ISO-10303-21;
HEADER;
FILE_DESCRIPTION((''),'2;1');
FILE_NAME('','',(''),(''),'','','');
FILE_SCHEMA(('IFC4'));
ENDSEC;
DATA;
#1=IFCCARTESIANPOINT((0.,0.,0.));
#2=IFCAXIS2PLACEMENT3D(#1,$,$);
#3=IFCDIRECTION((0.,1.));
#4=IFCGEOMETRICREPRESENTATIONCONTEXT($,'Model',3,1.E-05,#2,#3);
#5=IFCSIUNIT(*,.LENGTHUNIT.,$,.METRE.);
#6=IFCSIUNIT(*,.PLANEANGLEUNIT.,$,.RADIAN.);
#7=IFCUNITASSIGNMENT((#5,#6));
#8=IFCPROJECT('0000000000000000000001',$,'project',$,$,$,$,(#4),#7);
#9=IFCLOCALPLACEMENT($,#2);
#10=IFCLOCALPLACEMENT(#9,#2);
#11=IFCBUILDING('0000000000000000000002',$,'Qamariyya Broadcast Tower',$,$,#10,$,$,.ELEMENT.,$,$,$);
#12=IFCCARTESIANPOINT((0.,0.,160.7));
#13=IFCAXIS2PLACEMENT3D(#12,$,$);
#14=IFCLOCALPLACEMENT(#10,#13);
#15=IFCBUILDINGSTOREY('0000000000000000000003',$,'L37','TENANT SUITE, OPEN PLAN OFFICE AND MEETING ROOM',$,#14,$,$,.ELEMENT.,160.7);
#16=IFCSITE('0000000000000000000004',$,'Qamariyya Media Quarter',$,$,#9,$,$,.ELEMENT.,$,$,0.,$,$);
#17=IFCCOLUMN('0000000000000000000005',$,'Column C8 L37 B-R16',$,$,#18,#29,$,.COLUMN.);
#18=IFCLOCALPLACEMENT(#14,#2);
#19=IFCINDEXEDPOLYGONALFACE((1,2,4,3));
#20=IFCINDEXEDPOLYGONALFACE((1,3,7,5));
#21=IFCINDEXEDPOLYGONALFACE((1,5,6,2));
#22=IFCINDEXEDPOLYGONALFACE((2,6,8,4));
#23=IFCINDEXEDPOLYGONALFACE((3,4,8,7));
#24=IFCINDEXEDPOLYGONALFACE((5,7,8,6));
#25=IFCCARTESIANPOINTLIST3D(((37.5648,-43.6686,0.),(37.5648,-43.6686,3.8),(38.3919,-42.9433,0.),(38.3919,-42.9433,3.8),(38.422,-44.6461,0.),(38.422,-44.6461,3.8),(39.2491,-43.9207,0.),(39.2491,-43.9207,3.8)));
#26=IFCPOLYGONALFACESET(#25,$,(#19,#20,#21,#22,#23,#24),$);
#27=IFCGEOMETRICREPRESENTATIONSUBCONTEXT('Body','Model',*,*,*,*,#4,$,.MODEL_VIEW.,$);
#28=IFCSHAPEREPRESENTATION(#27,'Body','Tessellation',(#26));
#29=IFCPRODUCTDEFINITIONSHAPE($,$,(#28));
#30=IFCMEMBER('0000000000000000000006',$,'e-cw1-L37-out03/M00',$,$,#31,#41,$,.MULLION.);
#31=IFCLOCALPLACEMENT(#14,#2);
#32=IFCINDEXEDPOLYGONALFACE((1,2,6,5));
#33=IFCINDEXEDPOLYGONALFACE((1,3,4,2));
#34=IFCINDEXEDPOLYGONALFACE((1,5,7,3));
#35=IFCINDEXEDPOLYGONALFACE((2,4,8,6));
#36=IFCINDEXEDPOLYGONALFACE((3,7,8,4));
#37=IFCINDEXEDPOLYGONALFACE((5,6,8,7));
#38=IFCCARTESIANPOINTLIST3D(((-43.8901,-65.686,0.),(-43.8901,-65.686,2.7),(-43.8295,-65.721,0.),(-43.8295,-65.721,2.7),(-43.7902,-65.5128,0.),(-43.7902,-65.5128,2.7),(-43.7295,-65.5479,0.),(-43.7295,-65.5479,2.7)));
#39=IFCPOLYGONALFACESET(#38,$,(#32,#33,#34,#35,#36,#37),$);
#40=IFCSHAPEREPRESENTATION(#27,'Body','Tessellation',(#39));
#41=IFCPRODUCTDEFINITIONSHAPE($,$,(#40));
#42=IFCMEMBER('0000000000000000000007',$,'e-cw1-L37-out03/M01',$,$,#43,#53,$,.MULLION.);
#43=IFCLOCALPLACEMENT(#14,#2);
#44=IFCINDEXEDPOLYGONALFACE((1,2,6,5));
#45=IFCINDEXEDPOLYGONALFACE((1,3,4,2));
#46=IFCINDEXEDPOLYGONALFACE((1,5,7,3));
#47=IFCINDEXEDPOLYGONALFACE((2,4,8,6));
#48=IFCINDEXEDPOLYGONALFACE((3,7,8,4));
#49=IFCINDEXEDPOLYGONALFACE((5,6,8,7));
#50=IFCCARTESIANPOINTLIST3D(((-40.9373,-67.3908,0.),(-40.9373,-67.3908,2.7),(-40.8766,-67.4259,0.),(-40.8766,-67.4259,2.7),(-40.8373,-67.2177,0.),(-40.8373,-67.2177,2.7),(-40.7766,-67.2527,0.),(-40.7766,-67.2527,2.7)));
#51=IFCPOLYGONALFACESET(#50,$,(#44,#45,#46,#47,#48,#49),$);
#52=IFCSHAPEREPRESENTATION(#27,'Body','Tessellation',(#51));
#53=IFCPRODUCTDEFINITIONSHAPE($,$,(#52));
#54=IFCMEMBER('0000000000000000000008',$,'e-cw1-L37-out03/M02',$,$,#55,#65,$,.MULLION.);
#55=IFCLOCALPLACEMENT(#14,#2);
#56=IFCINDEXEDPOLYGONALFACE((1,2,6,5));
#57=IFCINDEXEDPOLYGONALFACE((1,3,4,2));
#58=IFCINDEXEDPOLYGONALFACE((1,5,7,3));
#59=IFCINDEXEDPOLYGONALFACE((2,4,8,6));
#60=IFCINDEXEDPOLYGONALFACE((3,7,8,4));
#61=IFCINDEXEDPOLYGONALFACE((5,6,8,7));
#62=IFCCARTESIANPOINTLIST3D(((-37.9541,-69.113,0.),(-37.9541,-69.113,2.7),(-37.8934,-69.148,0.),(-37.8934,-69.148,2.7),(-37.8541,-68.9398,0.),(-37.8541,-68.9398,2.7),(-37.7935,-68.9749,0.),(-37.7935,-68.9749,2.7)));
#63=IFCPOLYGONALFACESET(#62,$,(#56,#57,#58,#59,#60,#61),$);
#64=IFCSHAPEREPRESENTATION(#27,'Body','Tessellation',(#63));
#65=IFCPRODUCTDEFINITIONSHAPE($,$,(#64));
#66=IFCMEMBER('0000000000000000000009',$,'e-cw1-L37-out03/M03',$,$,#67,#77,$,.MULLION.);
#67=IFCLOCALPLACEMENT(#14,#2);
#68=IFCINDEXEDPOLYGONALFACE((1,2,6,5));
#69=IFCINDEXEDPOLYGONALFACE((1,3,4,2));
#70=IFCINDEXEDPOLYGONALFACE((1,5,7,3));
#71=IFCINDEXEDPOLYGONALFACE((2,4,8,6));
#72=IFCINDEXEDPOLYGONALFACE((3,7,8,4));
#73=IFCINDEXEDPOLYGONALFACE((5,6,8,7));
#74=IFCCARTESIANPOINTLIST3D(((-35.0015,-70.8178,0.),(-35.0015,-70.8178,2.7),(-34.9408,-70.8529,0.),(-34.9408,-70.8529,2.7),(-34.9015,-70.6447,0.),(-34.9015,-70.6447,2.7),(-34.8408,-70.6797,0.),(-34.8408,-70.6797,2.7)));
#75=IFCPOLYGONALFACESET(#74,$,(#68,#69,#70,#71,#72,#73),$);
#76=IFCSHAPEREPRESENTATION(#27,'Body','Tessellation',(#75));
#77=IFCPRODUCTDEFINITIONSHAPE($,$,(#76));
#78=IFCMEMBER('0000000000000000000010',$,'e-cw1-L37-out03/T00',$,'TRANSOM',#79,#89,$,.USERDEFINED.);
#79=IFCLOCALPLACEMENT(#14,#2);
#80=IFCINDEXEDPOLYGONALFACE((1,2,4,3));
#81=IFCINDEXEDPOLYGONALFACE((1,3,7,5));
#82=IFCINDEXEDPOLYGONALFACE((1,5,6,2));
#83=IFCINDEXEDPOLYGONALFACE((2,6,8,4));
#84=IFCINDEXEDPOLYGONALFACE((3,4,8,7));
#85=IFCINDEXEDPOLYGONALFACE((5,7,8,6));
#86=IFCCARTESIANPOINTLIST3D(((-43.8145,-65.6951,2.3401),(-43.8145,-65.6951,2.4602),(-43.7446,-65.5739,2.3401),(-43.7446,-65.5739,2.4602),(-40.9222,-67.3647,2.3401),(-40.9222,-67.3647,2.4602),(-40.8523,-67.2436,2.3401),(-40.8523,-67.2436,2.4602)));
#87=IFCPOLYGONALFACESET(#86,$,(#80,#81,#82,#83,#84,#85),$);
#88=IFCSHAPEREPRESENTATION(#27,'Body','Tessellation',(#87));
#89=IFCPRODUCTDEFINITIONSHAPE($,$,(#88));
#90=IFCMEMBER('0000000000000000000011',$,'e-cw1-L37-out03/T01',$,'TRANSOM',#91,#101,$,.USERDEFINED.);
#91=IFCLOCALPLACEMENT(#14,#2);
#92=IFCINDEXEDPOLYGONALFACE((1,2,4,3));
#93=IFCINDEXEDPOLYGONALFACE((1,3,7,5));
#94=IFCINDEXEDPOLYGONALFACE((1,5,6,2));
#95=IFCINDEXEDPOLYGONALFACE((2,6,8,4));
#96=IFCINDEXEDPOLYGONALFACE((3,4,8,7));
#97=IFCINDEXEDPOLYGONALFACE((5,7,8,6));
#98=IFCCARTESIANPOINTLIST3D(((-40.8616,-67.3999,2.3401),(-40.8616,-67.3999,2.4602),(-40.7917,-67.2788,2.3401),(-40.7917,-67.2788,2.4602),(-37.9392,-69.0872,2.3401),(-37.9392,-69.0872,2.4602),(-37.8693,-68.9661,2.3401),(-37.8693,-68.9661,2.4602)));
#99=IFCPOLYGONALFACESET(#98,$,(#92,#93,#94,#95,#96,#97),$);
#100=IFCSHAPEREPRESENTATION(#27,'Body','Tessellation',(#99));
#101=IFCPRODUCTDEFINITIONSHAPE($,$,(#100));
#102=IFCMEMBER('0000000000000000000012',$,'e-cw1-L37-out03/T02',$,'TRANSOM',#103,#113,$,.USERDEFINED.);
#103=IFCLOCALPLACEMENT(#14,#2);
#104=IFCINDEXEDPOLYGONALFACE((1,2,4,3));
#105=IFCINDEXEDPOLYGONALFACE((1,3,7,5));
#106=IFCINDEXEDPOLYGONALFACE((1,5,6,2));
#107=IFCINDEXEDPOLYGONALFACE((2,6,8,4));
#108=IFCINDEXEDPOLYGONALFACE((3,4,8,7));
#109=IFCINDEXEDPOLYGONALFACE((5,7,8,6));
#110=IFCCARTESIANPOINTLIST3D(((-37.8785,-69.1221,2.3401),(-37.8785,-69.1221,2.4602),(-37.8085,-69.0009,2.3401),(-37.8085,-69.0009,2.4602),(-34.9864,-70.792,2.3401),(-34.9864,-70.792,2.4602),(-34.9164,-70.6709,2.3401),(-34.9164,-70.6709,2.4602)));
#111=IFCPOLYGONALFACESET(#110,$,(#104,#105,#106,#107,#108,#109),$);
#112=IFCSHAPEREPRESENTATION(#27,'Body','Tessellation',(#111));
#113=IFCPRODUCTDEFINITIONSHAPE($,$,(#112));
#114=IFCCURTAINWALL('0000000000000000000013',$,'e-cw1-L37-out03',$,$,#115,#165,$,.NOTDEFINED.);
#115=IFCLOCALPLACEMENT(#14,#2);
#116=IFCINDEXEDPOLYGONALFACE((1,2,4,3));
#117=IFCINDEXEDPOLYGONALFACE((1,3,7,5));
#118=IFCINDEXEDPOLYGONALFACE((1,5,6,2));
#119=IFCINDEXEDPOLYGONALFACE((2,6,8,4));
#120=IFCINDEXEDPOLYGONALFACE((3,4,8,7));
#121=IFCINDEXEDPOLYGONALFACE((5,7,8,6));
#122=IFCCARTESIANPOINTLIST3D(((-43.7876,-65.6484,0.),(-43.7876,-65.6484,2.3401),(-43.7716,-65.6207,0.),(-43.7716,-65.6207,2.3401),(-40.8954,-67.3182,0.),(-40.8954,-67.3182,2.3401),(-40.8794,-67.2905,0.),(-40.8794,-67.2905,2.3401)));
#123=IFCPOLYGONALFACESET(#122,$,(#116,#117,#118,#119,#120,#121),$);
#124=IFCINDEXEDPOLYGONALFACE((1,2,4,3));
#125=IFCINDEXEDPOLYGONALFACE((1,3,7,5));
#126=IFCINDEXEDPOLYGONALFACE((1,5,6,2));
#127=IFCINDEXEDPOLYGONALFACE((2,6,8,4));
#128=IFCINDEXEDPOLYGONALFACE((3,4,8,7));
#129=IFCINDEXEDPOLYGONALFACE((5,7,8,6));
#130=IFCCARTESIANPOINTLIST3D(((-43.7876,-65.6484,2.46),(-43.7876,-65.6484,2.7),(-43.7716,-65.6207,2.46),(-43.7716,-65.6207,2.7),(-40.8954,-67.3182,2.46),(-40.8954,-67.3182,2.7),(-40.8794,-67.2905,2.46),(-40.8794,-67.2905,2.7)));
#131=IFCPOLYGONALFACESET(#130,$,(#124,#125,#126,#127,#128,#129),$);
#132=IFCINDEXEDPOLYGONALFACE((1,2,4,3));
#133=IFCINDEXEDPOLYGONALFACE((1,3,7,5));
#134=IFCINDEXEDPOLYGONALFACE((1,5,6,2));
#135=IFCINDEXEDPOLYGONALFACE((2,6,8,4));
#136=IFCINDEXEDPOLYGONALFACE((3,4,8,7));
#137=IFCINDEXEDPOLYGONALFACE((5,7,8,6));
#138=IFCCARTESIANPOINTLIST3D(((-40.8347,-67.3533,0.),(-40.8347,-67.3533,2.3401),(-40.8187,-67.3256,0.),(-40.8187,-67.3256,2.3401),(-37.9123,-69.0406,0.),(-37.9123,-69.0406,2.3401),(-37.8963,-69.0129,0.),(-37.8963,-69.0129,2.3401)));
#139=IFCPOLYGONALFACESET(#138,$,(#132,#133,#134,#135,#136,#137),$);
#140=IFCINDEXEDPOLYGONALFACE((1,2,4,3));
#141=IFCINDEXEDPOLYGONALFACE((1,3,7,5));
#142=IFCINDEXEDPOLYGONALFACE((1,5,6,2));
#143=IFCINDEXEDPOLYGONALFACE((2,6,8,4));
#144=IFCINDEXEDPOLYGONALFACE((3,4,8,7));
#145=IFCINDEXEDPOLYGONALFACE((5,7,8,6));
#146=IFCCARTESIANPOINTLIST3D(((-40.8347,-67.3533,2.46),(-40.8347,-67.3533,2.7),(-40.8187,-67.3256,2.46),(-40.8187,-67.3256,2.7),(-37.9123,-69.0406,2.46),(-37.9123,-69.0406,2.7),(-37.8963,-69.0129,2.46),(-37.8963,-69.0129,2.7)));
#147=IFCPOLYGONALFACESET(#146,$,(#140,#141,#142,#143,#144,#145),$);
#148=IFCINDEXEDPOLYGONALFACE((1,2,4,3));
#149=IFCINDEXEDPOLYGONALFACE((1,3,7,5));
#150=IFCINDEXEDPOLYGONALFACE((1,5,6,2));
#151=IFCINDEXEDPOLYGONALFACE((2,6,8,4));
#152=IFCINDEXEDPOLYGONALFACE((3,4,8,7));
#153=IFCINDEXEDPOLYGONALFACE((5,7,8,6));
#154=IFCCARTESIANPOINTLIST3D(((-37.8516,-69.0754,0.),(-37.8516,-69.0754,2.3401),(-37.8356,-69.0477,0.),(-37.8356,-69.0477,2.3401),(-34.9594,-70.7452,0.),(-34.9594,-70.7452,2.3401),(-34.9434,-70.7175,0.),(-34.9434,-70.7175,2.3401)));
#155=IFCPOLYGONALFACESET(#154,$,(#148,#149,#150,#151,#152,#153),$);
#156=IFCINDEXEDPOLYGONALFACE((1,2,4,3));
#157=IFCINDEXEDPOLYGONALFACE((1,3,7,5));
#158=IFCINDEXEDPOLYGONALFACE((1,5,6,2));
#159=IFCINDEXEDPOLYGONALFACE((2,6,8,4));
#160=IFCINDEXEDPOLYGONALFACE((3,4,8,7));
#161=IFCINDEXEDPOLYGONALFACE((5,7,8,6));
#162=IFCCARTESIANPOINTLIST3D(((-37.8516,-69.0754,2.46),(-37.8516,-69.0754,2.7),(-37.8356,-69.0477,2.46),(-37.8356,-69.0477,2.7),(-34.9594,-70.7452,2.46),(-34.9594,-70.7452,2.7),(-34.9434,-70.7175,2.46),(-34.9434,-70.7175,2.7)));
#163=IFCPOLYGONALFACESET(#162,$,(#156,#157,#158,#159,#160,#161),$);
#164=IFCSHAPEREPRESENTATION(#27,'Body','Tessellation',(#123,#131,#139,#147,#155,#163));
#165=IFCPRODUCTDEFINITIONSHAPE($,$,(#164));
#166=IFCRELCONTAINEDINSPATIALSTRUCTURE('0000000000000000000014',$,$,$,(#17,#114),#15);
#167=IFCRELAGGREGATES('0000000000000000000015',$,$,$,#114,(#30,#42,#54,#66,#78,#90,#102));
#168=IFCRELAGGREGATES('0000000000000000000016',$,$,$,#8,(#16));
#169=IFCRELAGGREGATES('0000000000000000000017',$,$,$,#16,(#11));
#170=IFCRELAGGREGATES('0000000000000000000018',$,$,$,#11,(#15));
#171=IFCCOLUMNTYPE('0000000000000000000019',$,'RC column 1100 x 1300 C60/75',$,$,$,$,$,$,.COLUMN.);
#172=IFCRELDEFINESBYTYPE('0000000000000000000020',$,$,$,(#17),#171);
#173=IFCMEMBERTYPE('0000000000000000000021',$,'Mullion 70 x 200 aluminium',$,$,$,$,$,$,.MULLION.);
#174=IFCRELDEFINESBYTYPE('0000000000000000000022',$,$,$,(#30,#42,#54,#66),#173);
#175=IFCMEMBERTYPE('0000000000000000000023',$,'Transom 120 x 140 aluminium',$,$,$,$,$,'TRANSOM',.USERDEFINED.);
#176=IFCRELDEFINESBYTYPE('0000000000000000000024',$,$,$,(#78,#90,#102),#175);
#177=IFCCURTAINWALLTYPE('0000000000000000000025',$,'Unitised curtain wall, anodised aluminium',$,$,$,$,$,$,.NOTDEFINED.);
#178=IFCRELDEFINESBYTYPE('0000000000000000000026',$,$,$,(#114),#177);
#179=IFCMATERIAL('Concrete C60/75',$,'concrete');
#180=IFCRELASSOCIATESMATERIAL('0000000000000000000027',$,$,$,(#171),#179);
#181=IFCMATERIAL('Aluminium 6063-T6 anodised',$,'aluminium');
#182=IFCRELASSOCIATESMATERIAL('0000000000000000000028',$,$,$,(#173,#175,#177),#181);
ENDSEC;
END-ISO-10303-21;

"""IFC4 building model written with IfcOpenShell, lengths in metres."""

from ifc_helpers import new_model, si_unit, direction, frame, origin, origin_2d, place, context, subcontext, project, spatial, rectangle, extrude, material, material_profile, profile_set, type_object, element, aggregate, save


model = new_model("IFC4")

# Units and contexts
model_context = context("Model", 3, precision=1e-05, world=origin(), true_north=direction((0.0, 1.0)))
body_context = subcontext(model_context, "Body", "Model", "MODEL_VIEW")
ifc_project = project(units=[si_unit("LENGTHUNIT", "METRE"), si_unit("PLANEANGLEUNIT", "RADIAN")], contexts=[model_context])

# Site, building, storey
site_placement = place(None, origin())
site = spatial("IfcSite", under=ifc_project, at=site_placement, Name="Qamariyya Media Quarter", CompositionType="ELEMENT", RefElevation=0.0)
building_placement = place(site_placement, origin())
building = spatial("IfcBuilding", under=site, at=building_placement, Name="Qamariyya Broadcast Tower", CompositionType="ELEMENT")
storey_placement = place(building_placement, frame((0.0, 0.0, 160.7)))
storey = spatial("IfcBuildingStorey", under=building, at=storey_placement, Name="L37", Description="TENANT SUITE, OPEN PLAN OFFICE AND MEETING ROOM", CompositionType="ELEMENT", Elevation=160.7)

# Column
ifc_material_1 = material(Name="Concrete C60/75", Category="concrete")
ifc_material_profile_1 = material_profile(ifc_material_1, rectangle(XDim=1.1001, YDim=1.3, at=origin_2d()))
ifc_profile_set_1 = profile_set([ifc_material_profile_1], Name="Concrete C60/75")
column_type = type_object("IfcColumnType", Name="RC column 1100 x 1300 C60/75", PredefinedType="COLUMN", material=ifc_profile_set_1)
column_placement = place(storey_placement, frame((38.407, -43.7947, 0.0), z_axis=(0.0, 0.0, 1.0), x_axis=(0.75184, 0.659346, 0.0)))
element("IfcColumn", 1, at=column_placement, inside=storey, type_object=column_type, Name="Column C8 L37 B-R16", PredefinedType="COLUMN", context=body_context, shape_type="SweptSolid", body=[
    extrude(rectangle(XDim=1.1001, YDim=1.3, at=origin_2d()), origin(), (0.0, 0.0, 1.0), 3.8),
])

# Members
ifc_material_2 = material(Name="Aluminium 6063-T6 anodised", Category="aluminium")
ifc_material_profile_2 = material_profile(ifc_material_2, rectangle(XDim=0.2, YDim=0.0701, at=origin_2d()))
ifc_profile_set_2 = profile_set([ifc_material_profile_2], Name="Aluminium 6063-T6 anodised")
member_type_1 = type_object("IfcMemberType", Name="Mullion 70 x 200 aluminium", PredefinedType="MULLION", material=ifc_profile_set_2)
member_1_placement = place(storey_placement, frame((-43.8098, -65.6169, 0.0), z_axis=(0.0, 0.0, 1.0), x_axis=(0.5, 0.866025, 0.0)))
member_1 = element("IfcMember", 2, at=member_1_placement, type_object=member_type_1, Name="e-cw1-L37-out03/M00", PredefinedType="MULLION", context=body_context, shape_type="SweptSolid", body=[
    extrude(rectangle(XDim=0.2, YDim=0.0701, at=origin_2d()), origin(), (0.0, 0.0, 1.0), 2.7),
])
member_2_placement = place(storey_placement, frame((-40.8569, -67.3218, 0.0), z_axis=(0.0, 0.0, 1.0), x_axis=(0.5, 0.866025, 0.0)))
member_2 = element("IfcMember", 3, at=member_2_placement, type_object=member_type_1, Name="e-cw1-L37-out03/M01", PredefinedType="MULLION", context=body_context, shape_type="SweptSolid", body=[
    extrude(rectangle(XDim=0.2, YDim=0.0701, at=origin_2d()), origin(), (0.0, 0.0, 1.0), 2.7),
])
member_3_placement = place(storey_placement, frame((-37.8738, -69.0439, 0.0), z_axis=(0.0, 0.0, 1.0), x_axis=(0.5, 0.866025, 0.0)))
member_3 = element("IfcMember", 4, at=member_3_placement, type_object=member_type_1, Name="e-cw1-L37-out03/M02", PredefinedType="MULLION", context=body_context, shape_type="SweptSolid", body=[
    extrude(rectangle(XDim=0.2, YDim=0.0701, at=origin_2d()), origin(), (0.0, 0.0, 1.0), 2.7),
])
member_4_placement = place(storey_placement, frame((-34.9211, -70.7488, 0.0), z_axis=(0.0, 0.0, 1.0), x_axis=(0.5, 0.866025, 0.0)))
member_4 = element("IfcMember", 5, at=member_4_placement, type_object=member_type_1, Name="e-cw1-L37-out03/M03", PredefinedType="MULLION", context=body_context, shape_type="SweptSolid", body=[
    extrude(rectangle(XDim=0.2, YDim=0.0701, at=origin_2d()), origin(), (0.0, 0.0, 1.0), 2.7),
])
ifc_material_profile_3 = material_profile(ifc_material_2, rectangle(XDim=0.1399, YDim=0.1201, at=origin_2d()))
ifc_profile_set_3 = profile_set([ifc_material_profile_3], Name="Aluminium 6063-T6 anodised")
member_type_2 = type_object("IfcMemberType", Name="Transom 120 x 140 aluminium", ElementType="TRANSOM", PredefinedType="USERDEFINED", material=ifc_profile_set_3)
member_5_placement = place(storey_placement, frame((-43.7795, -65.6345, 2.4001), z_axis=(0.866053, -0.499952, 0.0), x_axis=(0.499952, 0.866053, 0.0)))
member_5 = element("IfcMember", 6, at=member_5_placement, type_object=member_type_2, Name="e-cw1-L37-out03/T00", ObjectType="TRANSOM", PredefinedType="USERDEFINED", context=body_context, shape_type="SweptSolid", body=[
    extrude(rectangle(XDim=0.1399, YDim=0.1201, at=origin_2d()), origin(), (0.0, 0.0, 1.0), 3.3396),
])
member_6_placement = place(storey_placement, frame((-40.8267, -67.3394, 2.4001), z_axis=(0.866022, -0.500006, 0.0), x_axis=(0.500006, 0.866022, 0.0)))
member_6 = element("IfcMember", 7, at=member_6_placement, type_object=member_type_2, Name="e-cw1-L37-out03/T01", ObjectType="TRANSOM", PredefinedType="USERDEFINED", context=body_context, shape_type="SweptSolid", body=[
    extrude(rectangle(XDim=0.1399, YDim=0.1201, at=origin_2d()), origin(), (0.0, 0.0, 1.0), 3.3745),
])
member_7_placement = place(storey_placement, frame((-37.8435, -69.0615, 2.4001), z_axis=(0.866003, -0.500039, 0.0), x_axis=(0.500039, 0.866003, 0.0)))
member_7 = element("IfcMember", 8, at=member_7_placement, type_object=member_type_2, Name="e-cw1-L37-out03/T02", ObjectType="TRANSOM", PredefinedType="USERDEFINED", context=body_context, shape_type="SweptSolid", body=[
    extrude(rectangle(XDim=0.1399, YDim=0.1201, at=origin_2d()), origin(), (0.0, 0.0, 1.0), 3.3396),
])

# Curtain wall
curtain_wall_type = type_object("IfcCurtainWallType", Name="Unitised curtain wall, anodised aluminium", PredefinedType="NOTDEFINED", material=ifc_material_2)
curtain_wall_placement = place(storey_placement, origin())
curtain_wall = element("IfcCurtainWall", 9, at=curtain_wall_placement, inside=storey, type_object=curtain_wall_type, Name="e-cw1-L37-out03", PredefinedType="NOTDEFINED", context=body_context, shape_type="SweptSolid", body=[
    extrude(rectangle(XDim=3.3396, YDim=0.032, at=origin_2d()), frame((-42.3335, -66.4695, 0.0), x_axis=(0.866029, -0.499994, 0.0)), (0.0, 0.0, 1.0), 2.3401),
    extrude(rectangle(XDim=3.3396, YDim=0.032, at=origin_2d()), frame((-42.3335, -66.4695, 2.46), x_axis=(0.866029, -0.499994, 0.0)), (0.0, 0.0, 1.0), 0.24),
    extrude(rectangle(XDim=3.3745, YDim=0.032, at=origin_2d()), frame((-39.3655, -68.1831, 0.0), x_axis=(0.866029, -0.499994, 0.0)), (0.0, 0.0, 1.0), 2.3401),
    extrude(rectangle(XDim=3.3745, YDim=0.032, at=origin_2d()), frame((-39.3655, -68.1831, 2.46), x_axis=(0.866029, -0.499994, 0.0)), (0.0, 0.0, 1.0), 0.24),
    extrude(rectangle(XDim=3.3396, YDim=0.032, at=origin_2d()), frame((-36.3975, -69.8965, 0.0), x_axis=(0.866029, -0.499994, 0.0)), (0.0, 0.0, 1.0), 2.3401),
    extrude(rectangle(XDim=3.3396, YDim=0.032, at=origin_2d()), frame((-36.3975, -69.8965, 2.46), x_axis=(0.866029, -0.499994, 0.0)), (0.0, 0.0, 1.0), 0.24),
])
aggregate(curtain_wall, [member_1, member_2, member_3, member_4, member_5, member_6, member_7])

save(model, "model.ifc")
